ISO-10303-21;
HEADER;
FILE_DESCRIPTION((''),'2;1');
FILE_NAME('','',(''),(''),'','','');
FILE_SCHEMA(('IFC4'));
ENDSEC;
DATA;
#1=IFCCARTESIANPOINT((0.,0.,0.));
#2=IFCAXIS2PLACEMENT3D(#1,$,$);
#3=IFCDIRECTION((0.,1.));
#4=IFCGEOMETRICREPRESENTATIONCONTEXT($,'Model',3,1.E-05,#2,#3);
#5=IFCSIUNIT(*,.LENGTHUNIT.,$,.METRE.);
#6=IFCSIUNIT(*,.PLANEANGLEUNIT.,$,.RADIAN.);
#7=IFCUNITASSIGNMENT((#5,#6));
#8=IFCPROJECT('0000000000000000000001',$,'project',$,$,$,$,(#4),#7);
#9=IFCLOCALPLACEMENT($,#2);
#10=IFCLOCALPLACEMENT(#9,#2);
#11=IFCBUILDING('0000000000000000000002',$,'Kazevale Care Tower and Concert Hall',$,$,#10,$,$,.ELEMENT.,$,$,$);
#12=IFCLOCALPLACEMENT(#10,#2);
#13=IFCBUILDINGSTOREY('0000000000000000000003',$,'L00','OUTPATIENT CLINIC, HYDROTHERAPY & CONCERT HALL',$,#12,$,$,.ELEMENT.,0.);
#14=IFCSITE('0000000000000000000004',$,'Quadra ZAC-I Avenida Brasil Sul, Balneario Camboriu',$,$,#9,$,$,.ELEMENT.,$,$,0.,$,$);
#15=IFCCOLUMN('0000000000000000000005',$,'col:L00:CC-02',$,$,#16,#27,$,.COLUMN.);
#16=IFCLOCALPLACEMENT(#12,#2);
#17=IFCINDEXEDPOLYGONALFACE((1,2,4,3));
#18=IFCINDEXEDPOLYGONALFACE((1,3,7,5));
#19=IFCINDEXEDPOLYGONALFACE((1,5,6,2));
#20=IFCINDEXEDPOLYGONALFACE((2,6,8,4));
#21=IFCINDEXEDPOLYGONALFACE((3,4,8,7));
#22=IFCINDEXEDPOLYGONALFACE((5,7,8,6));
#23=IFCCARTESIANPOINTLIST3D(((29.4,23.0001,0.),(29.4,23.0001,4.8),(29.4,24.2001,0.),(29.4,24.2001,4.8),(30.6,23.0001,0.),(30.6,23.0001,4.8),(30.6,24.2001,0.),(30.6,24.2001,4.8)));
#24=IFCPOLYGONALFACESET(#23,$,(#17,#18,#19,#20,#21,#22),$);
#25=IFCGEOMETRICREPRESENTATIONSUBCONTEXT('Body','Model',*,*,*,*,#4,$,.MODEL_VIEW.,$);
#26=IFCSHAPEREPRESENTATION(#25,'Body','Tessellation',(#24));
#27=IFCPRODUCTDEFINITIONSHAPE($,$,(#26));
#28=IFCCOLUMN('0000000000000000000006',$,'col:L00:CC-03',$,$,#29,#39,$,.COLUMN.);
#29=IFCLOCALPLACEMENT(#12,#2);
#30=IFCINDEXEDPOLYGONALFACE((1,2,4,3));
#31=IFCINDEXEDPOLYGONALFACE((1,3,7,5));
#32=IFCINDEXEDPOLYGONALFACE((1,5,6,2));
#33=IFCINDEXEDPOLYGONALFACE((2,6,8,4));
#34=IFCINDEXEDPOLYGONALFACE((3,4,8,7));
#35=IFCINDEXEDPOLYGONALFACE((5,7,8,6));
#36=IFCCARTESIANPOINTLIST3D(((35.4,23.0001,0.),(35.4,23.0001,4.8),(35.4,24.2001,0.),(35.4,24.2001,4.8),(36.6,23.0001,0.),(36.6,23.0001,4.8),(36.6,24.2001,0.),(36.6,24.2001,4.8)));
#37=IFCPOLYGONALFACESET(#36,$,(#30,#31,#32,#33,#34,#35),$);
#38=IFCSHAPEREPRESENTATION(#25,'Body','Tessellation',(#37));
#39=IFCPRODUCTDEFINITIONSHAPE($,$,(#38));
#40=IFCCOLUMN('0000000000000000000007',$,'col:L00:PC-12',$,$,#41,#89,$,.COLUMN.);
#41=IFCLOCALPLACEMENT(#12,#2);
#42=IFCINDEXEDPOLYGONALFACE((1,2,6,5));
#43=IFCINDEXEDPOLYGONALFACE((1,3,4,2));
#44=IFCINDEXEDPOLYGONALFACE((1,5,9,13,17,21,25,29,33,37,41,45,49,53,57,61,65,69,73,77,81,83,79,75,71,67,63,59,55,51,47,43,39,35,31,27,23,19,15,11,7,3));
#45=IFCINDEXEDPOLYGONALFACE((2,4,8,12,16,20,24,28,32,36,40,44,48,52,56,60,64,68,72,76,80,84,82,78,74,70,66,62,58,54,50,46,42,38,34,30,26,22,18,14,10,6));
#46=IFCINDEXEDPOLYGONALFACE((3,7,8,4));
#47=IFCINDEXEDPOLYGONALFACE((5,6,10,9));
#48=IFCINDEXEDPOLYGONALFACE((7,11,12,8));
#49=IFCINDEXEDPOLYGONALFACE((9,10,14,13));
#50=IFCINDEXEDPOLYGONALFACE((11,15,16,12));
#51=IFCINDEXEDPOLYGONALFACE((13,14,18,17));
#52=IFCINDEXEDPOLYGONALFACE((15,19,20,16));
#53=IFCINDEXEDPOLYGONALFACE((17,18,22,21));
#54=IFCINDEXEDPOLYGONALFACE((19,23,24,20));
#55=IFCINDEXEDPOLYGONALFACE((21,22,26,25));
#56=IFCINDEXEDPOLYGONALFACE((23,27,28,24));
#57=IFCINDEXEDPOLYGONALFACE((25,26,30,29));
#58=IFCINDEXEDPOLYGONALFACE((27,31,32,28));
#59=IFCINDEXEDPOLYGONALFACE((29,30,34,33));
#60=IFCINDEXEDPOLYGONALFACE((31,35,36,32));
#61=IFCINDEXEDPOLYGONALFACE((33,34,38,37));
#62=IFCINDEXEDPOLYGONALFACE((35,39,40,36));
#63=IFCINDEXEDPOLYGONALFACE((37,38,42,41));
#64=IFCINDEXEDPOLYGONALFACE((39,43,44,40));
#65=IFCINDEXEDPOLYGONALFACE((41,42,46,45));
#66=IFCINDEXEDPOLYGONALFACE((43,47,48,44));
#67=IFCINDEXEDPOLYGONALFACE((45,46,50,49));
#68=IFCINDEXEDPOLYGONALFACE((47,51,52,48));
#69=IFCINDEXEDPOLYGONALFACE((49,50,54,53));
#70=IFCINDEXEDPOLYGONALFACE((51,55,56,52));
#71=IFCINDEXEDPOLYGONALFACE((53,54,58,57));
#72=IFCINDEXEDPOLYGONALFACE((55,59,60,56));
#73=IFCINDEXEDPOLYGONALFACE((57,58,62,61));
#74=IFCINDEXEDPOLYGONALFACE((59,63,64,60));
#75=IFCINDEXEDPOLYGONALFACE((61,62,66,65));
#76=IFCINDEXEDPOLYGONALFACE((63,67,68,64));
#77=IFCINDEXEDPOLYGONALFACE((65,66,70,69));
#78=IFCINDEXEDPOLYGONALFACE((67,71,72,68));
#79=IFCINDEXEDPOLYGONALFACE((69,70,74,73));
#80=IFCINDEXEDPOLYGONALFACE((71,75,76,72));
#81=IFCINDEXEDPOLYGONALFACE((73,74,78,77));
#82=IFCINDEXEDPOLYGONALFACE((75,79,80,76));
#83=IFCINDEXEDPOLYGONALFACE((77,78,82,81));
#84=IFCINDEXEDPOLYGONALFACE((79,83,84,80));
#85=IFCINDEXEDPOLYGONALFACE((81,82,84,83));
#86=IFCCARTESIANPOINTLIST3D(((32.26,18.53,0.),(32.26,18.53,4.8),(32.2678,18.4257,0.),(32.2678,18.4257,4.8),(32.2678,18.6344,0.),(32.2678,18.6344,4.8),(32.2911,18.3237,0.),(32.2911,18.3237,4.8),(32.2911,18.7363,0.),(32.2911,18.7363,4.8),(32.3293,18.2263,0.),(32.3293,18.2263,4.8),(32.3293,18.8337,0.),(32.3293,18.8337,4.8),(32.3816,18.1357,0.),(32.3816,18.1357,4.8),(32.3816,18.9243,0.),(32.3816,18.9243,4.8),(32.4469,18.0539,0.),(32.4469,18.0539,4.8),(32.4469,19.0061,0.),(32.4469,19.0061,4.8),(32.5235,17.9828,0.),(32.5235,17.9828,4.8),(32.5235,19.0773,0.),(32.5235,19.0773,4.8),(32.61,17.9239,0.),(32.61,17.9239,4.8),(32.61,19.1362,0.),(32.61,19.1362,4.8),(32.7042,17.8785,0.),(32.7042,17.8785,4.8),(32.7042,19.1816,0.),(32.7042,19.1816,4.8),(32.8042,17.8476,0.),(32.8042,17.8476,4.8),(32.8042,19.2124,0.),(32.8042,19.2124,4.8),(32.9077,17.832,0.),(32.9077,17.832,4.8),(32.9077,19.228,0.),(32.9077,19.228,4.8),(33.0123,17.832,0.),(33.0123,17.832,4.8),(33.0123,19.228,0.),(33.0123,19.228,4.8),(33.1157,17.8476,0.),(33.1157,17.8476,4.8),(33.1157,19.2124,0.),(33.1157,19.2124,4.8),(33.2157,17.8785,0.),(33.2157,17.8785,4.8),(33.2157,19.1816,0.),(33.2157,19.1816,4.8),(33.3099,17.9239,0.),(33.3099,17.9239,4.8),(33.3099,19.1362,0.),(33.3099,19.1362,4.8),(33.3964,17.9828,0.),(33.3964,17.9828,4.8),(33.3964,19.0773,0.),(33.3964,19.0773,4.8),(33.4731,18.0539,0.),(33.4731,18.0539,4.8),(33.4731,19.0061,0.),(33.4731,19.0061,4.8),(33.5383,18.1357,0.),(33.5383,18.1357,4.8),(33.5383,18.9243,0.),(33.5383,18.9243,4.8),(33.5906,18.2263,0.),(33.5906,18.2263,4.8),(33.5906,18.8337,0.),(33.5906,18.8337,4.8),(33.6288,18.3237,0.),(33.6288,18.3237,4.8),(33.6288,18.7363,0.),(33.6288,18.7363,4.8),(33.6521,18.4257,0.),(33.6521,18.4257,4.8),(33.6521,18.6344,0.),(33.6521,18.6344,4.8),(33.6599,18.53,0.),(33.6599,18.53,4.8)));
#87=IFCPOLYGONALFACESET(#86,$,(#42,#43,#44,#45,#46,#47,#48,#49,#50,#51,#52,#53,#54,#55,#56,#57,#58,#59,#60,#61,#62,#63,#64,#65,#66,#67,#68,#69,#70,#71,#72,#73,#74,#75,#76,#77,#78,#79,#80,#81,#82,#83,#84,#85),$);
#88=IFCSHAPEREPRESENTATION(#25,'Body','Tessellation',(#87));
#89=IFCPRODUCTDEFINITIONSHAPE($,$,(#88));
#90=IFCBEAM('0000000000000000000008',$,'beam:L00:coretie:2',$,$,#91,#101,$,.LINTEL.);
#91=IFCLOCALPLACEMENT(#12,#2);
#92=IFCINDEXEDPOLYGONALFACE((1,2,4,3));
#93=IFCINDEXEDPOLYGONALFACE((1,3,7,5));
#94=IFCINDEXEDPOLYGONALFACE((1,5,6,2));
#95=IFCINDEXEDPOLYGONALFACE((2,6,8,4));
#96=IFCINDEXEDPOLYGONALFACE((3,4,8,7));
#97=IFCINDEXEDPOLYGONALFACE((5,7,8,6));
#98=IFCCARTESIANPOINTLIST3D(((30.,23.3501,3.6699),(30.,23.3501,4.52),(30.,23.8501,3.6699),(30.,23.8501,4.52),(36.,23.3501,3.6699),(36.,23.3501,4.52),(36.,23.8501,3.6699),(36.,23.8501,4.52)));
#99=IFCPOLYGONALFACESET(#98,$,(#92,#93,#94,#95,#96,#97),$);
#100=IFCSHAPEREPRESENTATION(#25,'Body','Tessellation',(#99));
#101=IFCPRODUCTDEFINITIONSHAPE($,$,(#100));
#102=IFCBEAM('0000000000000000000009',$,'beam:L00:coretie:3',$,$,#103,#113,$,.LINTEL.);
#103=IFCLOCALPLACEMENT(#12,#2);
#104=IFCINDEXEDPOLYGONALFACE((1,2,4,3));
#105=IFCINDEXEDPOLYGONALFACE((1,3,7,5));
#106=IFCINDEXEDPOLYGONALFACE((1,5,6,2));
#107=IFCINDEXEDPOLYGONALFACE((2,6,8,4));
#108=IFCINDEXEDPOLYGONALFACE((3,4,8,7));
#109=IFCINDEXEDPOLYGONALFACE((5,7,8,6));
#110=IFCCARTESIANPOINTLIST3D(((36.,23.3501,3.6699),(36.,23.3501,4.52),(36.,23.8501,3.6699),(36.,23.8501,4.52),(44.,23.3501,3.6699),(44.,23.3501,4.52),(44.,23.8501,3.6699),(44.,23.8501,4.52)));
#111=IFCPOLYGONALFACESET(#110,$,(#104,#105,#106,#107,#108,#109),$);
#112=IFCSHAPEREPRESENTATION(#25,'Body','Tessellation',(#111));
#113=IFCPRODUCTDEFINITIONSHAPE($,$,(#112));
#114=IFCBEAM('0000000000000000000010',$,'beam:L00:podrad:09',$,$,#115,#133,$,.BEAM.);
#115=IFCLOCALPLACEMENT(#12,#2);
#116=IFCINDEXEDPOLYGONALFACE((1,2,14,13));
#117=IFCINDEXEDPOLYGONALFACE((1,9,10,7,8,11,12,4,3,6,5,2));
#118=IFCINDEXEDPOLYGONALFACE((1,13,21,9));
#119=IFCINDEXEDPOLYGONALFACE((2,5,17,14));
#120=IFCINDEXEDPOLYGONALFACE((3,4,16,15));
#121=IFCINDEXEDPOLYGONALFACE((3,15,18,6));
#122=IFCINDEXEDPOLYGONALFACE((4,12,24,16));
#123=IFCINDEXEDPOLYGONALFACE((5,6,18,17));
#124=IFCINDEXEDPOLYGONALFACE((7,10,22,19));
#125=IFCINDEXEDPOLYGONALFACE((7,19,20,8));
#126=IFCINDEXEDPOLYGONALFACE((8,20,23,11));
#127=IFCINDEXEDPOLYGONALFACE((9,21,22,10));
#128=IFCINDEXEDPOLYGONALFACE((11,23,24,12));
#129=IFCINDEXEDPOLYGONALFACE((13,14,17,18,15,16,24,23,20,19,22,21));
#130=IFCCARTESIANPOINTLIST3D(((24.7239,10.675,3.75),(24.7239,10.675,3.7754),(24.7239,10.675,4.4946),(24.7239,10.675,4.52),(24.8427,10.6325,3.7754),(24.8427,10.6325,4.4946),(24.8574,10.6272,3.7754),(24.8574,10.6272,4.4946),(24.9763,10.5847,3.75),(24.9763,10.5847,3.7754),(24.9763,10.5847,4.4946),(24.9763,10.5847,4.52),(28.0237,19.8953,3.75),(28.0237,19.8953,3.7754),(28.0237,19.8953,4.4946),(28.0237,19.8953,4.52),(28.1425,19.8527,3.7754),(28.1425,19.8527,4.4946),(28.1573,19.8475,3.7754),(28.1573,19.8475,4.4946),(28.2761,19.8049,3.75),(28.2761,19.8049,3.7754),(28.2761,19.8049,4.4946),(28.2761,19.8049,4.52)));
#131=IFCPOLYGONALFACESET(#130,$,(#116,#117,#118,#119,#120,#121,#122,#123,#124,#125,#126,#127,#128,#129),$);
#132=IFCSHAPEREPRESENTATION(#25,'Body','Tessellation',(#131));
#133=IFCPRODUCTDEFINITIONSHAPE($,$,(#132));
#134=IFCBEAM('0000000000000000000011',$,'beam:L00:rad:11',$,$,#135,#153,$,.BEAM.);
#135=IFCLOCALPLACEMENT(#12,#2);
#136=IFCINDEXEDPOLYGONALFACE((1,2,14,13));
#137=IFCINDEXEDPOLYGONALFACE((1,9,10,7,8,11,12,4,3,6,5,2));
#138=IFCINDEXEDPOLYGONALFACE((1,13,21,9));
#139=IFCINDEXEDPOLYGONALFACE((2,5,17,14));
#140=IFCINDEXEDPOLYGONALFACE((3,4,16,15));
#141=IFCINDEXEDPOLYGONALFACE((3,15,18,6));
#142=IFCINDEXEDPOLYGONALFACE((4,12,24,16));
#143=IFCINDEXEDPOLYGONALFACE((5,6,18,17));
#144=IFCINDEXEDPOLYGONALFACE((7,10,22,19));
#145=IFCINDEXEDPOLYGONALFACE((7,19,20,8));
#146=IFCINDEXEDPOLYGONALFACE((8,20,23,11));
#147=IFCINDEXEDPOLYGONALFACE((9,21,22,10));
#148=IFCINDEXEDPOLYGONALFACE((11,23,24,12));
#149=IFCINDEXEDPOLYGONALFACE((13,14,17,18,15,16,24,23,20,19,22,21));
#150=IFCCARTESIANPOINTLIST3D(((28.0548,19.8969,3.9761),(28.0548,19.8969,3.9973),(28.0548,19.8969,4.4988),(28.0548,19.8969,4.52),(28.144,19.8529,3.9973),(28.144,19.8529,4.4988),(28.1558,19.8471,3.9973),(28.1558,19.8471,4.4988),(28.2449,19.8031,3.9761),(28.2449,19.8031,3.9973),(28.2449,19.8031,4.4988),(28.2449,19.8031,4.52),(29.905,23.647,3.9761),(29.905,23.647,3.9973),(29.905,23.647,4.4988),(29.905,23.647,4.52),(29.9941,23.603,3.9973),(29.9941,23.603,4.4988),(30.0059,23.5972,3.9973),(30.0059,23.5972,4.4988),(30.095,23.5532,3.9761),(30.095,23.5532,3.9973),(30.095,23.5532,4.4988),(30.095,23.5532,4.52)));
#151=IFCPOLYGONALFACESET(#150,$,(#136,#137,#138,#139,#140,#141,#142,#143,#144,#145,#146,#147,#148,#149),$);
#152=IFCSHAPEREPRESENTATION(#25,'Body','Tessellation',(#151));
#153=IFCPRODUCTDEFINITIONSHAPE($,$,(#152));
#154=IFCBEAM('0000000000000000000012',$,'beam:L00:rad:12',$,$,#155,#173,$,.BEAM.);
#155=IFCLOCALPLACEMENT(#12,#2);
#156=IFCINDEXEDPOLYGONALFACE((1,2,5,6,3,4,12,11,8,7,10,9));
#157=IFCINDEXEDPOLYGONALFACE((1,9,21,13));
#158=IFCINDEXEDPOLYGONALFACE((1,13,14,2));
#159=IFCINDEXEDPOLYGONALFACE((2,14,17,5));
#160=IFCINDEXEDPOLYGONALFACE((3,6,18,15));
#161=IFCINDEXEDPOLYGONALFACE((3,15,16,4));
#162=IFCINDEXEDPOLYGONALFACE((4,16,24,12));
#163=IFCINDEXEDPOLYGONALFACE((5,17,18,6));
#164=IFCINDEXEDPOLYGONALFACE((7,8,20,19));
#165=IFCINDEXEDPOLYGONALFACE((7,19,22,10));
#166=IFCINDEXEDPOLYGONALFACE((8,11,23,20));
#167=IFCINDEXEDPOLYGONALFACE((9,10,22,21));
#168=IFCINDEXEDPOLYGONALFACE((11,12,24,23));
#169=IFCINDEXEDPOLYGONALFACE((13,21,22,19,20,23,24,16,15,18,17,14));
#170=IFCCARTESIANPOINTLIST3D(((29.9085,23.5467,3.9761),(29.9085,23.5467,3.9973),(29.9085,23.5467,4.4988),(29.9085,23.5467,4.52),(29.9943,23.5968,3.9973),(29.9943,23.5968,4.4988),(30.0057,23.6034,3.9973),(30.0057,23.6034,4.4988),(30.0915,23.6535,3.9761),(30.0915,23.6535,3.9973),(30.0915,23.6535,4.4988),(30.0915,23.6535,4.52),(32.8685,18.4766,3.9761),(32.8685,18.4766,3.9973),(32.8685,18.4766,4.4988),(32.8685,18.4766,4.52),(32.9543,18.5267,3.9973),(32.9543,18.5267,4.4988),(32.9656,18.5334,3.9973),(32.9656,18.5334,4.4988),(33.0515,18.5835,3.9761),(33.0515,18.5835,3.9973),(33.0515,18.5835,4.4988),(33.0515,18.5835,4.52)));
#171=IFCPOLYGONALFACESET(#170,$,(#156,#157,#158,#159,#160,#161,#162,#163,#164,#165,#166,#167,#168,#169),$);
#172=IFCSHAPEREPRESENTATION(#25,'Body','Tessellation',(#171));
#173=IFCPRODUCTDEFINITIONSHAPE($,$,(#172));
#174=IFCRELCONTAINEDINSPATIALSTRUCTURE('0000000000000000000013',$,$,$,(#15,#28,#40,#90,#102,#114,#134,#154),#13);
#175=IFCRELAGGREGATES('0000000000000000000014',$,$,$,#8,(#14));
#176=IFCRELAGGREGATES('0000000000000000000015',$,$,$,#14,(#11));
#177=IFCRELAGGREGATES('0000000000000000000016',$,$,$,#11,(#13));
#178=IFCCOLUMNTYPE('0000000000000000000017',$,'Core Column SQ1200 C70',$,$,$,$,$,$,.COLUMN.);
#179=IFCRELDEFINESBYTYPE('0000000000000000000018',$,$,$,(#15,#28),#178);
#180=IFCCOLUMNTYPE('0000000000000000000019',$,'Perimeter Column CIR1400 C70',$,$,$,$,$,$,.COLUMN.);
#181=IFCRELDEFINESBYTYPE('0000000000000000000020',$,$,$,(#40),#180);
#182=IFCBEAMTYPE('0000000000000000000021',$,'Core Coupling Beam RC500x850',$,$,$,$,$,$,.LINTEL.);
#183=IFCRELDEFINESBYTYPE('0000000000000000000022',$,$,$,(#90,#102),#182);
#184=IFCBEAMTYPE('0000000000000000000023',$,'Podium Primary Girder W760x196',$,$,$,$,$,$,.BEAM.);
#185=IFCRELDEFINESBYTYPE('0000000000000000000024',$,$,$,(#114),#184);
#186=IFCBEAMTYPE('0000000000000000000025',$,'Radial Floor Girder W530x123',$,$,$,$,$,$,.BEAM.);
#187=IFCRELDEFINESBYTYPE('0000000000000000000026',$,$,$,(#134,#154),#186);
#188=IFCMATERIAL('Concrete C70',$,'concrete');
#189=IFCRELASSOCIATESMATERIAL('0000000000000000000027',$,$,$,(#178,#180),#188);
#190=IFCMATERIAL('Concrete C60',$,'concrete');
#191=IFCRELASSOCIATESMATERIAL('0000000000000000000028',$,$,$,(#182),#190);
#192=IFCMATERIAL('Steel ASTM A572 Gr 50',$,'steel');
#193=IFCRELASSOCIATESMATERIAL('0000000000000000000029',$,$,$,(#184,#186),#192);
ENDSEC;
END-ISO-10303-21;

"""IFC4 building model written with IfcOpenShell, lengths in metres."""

from ifc_helpers import new_model, si_unit, direction, frame, origin, origin_2d, place, context, subcontext, project, spatial, rectangle, circle, i_section, extrude, material, material_profile, profile_set, type_object, element, save


model = new_model("IFC4")

# Units and contexts
model_context = context("Model", 3, precision=1e-05, world=origin(), true_north=direction((0.0, 1.0)))
body_context = subcontext(model_context, "Body", "Model", "MODEL_VIEW")
ifc_project = project(units=[si_unit("LENGTHUNIT", "METRE"), si_unit("PLANEANGLEUNIT", "RADIAN")], contexts=[model_context])

# Site, building, storey
site_placement = place(None, origin())
site = spatial("IfcSite", under=ifc_project, at=site_placement, Name="Quadra ZAC-I Avenida Brasil Sul, Balneario Camboriu", CompositionType="ELEMENT", RefElevation=0.0)
building_placement = place(site_placement, origin())
building = spatial("IfcBuilding", under=site, at=building_placement, Name="Kazevale Care Tower and Concert Hall", CompositionType="ELEMENT")
storey_placement = place(building_placement, origin())
storey = spatial("IfcBuildingStorey", under=building, at=storey_placement, Name="L00", Description="OUTPATIENT CLINIC, HYDROTHERAPY & CONCERT HALL", CompositionType="ELEMENT", Elevation=0.0)

# Columns
ifc_material_1 = material(Name="Concrete C70", Category="concrete")
ifc_material_profile_1 = material_profile(ifc_material_1, rectangle(XDim=1.2, YDim=1.2, at=origin_2d()), Name="RC-SQ1200")
ifc_profile_set_1 = profile_set([ifc_material_profile_1], Name="Concrete C70")
column_type_1 = type_object("IfcColumnType", Name="Core Column SQ1200 C70", PredefinedType="COLUMN", material=ifc_profile_set_1)
for number, where, z_axis, x_axis, name in (
    (1, (30.0, 23.6001, 0.0), (0.0, 0.0, 1.0), (1.0, 0.0, 0.0), "col:L00:CC-02"),
    (2, (36.0, 23.6001, 0.0), (0.0, 0.0, 1.0), (1.0, 0.0, 0.0), "col:L00:CC-03"),
):
    element("IfcColumn", number, at=place(storey_placement, frame(where, z_axis=z_axis, x_axis=x_axis)), inside=storey, type_object=column_type_1, Name=name, PredefinedType="COLUMN", context=body_context, shape_type="SweptSolid", body=[
        extrude(rectangle(XDim=1.2, YDim=1.2, at=origin_2d()), origin(), (0.0, 0.0, 1.0), 4.8),
    ])
ifc_material_profile_2 = material_profile(ifc_material_1, circle(Radius=0.7, at=origin_2d()), Name="RC-CIR1400")
ifc_profile_set_2 = profile_set([ifc_material_profile_2], Name="Concrete C70")
column_type_2 = type_object("IfcColumnType", Name="Perimeter Column CIR1400 C70", PredefinedType="COLUMN", material=ifc_profile_set_2)
column_placement = place(storey_placement, frame((32.96, 18.53, 0.0), z_axis=(0.0, 0.0, 1.0), x_axis=(1.0, 0.0, 0.0)))
element("IfcColumn", 3, at=column_placement, inside=storey, type_object=column_type_2, Name="col:L00:PC-12", PredefinedType="COLUMN", context=body_context, shape_type="SweptSolid", body=[
    extrude(circle(Radius=0.7, at=origin_2d()), origin(), (0.0, 0.0, 1.0), 4.8),
])

# Beams
ifc_material_2 = material(Name="Concrete C60", Category="concrete")
ifc_material_profile_3 = material_profile(ifc_material_2, rectangle(XDim=0.5, YDim=0.8501, at=origin_2d()), Name="RC-B500x850")
ifc_profile_set_3 = profile_set([ifc_material_profile_3], Name="Concrete C60")
beam_type_1 = type_object("IfcBeamType", Name="Core Coupling Beam RC500x850", PredefinedType="LINTEL", material=ifc_profile_set_3)
beam_1_placement = place(storey_placement, frame((30.0, 23.6001, 4.095), z_axis=(1.0, 0.0, 0.0), x_axis=(0.0, 1.0, 0.0)))
element("IfcBeam", 4, at=beam_1_placement, inside=storey, type_object=beam_type_1, Name="beam:L00:coretie:2", PredefinedType="LINTEL", context=body_context, shape_type="SweptSolid", body=[
    extrude(rectangle(XDim=0.5, YDim=0.8501, at=origin_2d()), origin(), (0.0, 0.0, 1.0), 6.0),
])
beam_2_placement = place(storey_placement, frame((36.0, 23.6001, 4.095), z_axis=(1.0, 0.0, 0.0), x_axis=(0.0, 1.0, 0.0)))
element("IfcBeam", 5, at=beam_2_placement, inside=storey, type_object=beam_type_1, Name="beam:L00:coretie:3", PredefinedType="LINTEL", context=body_context, shape_type="SweptSolid", body=[
    extrude(rectangle(XDim=0.5, YDim=0.8501, at=origin_2d()), origin(), (0.0, 0.0, 1.0), 8.0),
])
ifc_material_3 = material(Name="Steel ASTM A572 Gr 50", Category="steel")
ifc_material_profile_4 = material_profile(ifc_material_3, i_section(OverallWidth=0.2681, OverallDepth=0.77, WebThickness=0.0156, FlangeThickness=0.0254, at=origin_2d()), Name="W760x196")
ifc_profile_set_4 = profile_set([ifc_material_profile_4], Name="Steel ASTM A572 Gr 50")
beam_type_2 = type_object("IfcBeamType", Name="Podium Primary Girder W760x196", PredefinedType="BEAM", material=ifc_profile_set_4)
beam_3_placement = place(storey_placement, frame((28.1499, 19.8501, 4.135), z_axis=(-0.336959, -0.941519, 0.0), x_axis=(0.941519, -0.336959, 0.0)))
element("IfcBeam", 6, at=beam_3_placement, inside=storey, type_object=beam_type_2, Name="beam:L00:podrad:09", PredefinedType="BEAM", context=body_context, shape_type="SweptSolid", body=[
    extrude(i_section(OverallWidth=0.2681, OverallDepth=0.77, WebThickness=0.0156, FlangeThickness=0.0254, at=origin_2d()), origin(), (0.0, 0.0, 1.0), 9.793),
])
ifc_material_profile_5 = material_profile(ifc_material_3, i_section(OverallWidth=0.2119, OverallDepth=0.5439, WebThickness=0.0132, FlangeThickness=0.0212, at=origin_2d()), Name="W530x123")
ifc_profile_set_5 = profile_set([ifc_material_profile_5], Name="Steel ASTM A572 Gr 50")
beam_type_3 = type_object("IfcBeamType", Name="Radial Floor Girder W530x123", PredefinedType="BEAM", material=ifc_profile_set_5)
beam_4_placement = place(storey_placement, frame((30.0, 23.6001, 4.248), z_axis=(-0.442443, -0.896797, 0.0), x_axis=(0.896797, -0.442443, 0.0)))
element("IfcBeam", 7, at=beam_4_placement, inside=storey, type_object=beam_type_3, Name="beam:L00:rad:11", PredefinedType="BEAM", context=body_context, shape_type="SweptSolid", body=[
    extrude(i_section(OverallWidth=0.2119, OverallDepth=0.5439, WebThickness=0.0132, FlangeThickness=0.0212, at=origin_2d()), origin(), (0.0, 0.0, 1.0), 4.1816),
])
beam_5_placement = place(storey_placement, frame((30.0, 23.6001, 4.248), z_axis=(0.504179, -0.863599, 0.0), x_axis=(0.863599, 0.504179, 0.0)))
element("IfcBeam", 8, at=beam_5_placement, inside=storey, type_object=beam_type_3, Name="beam:L00:rad:12", PredefinedType="BEAM", context=body_context, shape_type="SweptSolid", body=[
    extrude(i_section(OverallWidth=0.2119, OverallDepth=0.5439, WebThickness=0.0132, FlangeThickness=0.0212, at=origin_2d()), origin(), (0.0, 0.0, 1.0), 5.8708),
])

save(model, "model.ifc")
